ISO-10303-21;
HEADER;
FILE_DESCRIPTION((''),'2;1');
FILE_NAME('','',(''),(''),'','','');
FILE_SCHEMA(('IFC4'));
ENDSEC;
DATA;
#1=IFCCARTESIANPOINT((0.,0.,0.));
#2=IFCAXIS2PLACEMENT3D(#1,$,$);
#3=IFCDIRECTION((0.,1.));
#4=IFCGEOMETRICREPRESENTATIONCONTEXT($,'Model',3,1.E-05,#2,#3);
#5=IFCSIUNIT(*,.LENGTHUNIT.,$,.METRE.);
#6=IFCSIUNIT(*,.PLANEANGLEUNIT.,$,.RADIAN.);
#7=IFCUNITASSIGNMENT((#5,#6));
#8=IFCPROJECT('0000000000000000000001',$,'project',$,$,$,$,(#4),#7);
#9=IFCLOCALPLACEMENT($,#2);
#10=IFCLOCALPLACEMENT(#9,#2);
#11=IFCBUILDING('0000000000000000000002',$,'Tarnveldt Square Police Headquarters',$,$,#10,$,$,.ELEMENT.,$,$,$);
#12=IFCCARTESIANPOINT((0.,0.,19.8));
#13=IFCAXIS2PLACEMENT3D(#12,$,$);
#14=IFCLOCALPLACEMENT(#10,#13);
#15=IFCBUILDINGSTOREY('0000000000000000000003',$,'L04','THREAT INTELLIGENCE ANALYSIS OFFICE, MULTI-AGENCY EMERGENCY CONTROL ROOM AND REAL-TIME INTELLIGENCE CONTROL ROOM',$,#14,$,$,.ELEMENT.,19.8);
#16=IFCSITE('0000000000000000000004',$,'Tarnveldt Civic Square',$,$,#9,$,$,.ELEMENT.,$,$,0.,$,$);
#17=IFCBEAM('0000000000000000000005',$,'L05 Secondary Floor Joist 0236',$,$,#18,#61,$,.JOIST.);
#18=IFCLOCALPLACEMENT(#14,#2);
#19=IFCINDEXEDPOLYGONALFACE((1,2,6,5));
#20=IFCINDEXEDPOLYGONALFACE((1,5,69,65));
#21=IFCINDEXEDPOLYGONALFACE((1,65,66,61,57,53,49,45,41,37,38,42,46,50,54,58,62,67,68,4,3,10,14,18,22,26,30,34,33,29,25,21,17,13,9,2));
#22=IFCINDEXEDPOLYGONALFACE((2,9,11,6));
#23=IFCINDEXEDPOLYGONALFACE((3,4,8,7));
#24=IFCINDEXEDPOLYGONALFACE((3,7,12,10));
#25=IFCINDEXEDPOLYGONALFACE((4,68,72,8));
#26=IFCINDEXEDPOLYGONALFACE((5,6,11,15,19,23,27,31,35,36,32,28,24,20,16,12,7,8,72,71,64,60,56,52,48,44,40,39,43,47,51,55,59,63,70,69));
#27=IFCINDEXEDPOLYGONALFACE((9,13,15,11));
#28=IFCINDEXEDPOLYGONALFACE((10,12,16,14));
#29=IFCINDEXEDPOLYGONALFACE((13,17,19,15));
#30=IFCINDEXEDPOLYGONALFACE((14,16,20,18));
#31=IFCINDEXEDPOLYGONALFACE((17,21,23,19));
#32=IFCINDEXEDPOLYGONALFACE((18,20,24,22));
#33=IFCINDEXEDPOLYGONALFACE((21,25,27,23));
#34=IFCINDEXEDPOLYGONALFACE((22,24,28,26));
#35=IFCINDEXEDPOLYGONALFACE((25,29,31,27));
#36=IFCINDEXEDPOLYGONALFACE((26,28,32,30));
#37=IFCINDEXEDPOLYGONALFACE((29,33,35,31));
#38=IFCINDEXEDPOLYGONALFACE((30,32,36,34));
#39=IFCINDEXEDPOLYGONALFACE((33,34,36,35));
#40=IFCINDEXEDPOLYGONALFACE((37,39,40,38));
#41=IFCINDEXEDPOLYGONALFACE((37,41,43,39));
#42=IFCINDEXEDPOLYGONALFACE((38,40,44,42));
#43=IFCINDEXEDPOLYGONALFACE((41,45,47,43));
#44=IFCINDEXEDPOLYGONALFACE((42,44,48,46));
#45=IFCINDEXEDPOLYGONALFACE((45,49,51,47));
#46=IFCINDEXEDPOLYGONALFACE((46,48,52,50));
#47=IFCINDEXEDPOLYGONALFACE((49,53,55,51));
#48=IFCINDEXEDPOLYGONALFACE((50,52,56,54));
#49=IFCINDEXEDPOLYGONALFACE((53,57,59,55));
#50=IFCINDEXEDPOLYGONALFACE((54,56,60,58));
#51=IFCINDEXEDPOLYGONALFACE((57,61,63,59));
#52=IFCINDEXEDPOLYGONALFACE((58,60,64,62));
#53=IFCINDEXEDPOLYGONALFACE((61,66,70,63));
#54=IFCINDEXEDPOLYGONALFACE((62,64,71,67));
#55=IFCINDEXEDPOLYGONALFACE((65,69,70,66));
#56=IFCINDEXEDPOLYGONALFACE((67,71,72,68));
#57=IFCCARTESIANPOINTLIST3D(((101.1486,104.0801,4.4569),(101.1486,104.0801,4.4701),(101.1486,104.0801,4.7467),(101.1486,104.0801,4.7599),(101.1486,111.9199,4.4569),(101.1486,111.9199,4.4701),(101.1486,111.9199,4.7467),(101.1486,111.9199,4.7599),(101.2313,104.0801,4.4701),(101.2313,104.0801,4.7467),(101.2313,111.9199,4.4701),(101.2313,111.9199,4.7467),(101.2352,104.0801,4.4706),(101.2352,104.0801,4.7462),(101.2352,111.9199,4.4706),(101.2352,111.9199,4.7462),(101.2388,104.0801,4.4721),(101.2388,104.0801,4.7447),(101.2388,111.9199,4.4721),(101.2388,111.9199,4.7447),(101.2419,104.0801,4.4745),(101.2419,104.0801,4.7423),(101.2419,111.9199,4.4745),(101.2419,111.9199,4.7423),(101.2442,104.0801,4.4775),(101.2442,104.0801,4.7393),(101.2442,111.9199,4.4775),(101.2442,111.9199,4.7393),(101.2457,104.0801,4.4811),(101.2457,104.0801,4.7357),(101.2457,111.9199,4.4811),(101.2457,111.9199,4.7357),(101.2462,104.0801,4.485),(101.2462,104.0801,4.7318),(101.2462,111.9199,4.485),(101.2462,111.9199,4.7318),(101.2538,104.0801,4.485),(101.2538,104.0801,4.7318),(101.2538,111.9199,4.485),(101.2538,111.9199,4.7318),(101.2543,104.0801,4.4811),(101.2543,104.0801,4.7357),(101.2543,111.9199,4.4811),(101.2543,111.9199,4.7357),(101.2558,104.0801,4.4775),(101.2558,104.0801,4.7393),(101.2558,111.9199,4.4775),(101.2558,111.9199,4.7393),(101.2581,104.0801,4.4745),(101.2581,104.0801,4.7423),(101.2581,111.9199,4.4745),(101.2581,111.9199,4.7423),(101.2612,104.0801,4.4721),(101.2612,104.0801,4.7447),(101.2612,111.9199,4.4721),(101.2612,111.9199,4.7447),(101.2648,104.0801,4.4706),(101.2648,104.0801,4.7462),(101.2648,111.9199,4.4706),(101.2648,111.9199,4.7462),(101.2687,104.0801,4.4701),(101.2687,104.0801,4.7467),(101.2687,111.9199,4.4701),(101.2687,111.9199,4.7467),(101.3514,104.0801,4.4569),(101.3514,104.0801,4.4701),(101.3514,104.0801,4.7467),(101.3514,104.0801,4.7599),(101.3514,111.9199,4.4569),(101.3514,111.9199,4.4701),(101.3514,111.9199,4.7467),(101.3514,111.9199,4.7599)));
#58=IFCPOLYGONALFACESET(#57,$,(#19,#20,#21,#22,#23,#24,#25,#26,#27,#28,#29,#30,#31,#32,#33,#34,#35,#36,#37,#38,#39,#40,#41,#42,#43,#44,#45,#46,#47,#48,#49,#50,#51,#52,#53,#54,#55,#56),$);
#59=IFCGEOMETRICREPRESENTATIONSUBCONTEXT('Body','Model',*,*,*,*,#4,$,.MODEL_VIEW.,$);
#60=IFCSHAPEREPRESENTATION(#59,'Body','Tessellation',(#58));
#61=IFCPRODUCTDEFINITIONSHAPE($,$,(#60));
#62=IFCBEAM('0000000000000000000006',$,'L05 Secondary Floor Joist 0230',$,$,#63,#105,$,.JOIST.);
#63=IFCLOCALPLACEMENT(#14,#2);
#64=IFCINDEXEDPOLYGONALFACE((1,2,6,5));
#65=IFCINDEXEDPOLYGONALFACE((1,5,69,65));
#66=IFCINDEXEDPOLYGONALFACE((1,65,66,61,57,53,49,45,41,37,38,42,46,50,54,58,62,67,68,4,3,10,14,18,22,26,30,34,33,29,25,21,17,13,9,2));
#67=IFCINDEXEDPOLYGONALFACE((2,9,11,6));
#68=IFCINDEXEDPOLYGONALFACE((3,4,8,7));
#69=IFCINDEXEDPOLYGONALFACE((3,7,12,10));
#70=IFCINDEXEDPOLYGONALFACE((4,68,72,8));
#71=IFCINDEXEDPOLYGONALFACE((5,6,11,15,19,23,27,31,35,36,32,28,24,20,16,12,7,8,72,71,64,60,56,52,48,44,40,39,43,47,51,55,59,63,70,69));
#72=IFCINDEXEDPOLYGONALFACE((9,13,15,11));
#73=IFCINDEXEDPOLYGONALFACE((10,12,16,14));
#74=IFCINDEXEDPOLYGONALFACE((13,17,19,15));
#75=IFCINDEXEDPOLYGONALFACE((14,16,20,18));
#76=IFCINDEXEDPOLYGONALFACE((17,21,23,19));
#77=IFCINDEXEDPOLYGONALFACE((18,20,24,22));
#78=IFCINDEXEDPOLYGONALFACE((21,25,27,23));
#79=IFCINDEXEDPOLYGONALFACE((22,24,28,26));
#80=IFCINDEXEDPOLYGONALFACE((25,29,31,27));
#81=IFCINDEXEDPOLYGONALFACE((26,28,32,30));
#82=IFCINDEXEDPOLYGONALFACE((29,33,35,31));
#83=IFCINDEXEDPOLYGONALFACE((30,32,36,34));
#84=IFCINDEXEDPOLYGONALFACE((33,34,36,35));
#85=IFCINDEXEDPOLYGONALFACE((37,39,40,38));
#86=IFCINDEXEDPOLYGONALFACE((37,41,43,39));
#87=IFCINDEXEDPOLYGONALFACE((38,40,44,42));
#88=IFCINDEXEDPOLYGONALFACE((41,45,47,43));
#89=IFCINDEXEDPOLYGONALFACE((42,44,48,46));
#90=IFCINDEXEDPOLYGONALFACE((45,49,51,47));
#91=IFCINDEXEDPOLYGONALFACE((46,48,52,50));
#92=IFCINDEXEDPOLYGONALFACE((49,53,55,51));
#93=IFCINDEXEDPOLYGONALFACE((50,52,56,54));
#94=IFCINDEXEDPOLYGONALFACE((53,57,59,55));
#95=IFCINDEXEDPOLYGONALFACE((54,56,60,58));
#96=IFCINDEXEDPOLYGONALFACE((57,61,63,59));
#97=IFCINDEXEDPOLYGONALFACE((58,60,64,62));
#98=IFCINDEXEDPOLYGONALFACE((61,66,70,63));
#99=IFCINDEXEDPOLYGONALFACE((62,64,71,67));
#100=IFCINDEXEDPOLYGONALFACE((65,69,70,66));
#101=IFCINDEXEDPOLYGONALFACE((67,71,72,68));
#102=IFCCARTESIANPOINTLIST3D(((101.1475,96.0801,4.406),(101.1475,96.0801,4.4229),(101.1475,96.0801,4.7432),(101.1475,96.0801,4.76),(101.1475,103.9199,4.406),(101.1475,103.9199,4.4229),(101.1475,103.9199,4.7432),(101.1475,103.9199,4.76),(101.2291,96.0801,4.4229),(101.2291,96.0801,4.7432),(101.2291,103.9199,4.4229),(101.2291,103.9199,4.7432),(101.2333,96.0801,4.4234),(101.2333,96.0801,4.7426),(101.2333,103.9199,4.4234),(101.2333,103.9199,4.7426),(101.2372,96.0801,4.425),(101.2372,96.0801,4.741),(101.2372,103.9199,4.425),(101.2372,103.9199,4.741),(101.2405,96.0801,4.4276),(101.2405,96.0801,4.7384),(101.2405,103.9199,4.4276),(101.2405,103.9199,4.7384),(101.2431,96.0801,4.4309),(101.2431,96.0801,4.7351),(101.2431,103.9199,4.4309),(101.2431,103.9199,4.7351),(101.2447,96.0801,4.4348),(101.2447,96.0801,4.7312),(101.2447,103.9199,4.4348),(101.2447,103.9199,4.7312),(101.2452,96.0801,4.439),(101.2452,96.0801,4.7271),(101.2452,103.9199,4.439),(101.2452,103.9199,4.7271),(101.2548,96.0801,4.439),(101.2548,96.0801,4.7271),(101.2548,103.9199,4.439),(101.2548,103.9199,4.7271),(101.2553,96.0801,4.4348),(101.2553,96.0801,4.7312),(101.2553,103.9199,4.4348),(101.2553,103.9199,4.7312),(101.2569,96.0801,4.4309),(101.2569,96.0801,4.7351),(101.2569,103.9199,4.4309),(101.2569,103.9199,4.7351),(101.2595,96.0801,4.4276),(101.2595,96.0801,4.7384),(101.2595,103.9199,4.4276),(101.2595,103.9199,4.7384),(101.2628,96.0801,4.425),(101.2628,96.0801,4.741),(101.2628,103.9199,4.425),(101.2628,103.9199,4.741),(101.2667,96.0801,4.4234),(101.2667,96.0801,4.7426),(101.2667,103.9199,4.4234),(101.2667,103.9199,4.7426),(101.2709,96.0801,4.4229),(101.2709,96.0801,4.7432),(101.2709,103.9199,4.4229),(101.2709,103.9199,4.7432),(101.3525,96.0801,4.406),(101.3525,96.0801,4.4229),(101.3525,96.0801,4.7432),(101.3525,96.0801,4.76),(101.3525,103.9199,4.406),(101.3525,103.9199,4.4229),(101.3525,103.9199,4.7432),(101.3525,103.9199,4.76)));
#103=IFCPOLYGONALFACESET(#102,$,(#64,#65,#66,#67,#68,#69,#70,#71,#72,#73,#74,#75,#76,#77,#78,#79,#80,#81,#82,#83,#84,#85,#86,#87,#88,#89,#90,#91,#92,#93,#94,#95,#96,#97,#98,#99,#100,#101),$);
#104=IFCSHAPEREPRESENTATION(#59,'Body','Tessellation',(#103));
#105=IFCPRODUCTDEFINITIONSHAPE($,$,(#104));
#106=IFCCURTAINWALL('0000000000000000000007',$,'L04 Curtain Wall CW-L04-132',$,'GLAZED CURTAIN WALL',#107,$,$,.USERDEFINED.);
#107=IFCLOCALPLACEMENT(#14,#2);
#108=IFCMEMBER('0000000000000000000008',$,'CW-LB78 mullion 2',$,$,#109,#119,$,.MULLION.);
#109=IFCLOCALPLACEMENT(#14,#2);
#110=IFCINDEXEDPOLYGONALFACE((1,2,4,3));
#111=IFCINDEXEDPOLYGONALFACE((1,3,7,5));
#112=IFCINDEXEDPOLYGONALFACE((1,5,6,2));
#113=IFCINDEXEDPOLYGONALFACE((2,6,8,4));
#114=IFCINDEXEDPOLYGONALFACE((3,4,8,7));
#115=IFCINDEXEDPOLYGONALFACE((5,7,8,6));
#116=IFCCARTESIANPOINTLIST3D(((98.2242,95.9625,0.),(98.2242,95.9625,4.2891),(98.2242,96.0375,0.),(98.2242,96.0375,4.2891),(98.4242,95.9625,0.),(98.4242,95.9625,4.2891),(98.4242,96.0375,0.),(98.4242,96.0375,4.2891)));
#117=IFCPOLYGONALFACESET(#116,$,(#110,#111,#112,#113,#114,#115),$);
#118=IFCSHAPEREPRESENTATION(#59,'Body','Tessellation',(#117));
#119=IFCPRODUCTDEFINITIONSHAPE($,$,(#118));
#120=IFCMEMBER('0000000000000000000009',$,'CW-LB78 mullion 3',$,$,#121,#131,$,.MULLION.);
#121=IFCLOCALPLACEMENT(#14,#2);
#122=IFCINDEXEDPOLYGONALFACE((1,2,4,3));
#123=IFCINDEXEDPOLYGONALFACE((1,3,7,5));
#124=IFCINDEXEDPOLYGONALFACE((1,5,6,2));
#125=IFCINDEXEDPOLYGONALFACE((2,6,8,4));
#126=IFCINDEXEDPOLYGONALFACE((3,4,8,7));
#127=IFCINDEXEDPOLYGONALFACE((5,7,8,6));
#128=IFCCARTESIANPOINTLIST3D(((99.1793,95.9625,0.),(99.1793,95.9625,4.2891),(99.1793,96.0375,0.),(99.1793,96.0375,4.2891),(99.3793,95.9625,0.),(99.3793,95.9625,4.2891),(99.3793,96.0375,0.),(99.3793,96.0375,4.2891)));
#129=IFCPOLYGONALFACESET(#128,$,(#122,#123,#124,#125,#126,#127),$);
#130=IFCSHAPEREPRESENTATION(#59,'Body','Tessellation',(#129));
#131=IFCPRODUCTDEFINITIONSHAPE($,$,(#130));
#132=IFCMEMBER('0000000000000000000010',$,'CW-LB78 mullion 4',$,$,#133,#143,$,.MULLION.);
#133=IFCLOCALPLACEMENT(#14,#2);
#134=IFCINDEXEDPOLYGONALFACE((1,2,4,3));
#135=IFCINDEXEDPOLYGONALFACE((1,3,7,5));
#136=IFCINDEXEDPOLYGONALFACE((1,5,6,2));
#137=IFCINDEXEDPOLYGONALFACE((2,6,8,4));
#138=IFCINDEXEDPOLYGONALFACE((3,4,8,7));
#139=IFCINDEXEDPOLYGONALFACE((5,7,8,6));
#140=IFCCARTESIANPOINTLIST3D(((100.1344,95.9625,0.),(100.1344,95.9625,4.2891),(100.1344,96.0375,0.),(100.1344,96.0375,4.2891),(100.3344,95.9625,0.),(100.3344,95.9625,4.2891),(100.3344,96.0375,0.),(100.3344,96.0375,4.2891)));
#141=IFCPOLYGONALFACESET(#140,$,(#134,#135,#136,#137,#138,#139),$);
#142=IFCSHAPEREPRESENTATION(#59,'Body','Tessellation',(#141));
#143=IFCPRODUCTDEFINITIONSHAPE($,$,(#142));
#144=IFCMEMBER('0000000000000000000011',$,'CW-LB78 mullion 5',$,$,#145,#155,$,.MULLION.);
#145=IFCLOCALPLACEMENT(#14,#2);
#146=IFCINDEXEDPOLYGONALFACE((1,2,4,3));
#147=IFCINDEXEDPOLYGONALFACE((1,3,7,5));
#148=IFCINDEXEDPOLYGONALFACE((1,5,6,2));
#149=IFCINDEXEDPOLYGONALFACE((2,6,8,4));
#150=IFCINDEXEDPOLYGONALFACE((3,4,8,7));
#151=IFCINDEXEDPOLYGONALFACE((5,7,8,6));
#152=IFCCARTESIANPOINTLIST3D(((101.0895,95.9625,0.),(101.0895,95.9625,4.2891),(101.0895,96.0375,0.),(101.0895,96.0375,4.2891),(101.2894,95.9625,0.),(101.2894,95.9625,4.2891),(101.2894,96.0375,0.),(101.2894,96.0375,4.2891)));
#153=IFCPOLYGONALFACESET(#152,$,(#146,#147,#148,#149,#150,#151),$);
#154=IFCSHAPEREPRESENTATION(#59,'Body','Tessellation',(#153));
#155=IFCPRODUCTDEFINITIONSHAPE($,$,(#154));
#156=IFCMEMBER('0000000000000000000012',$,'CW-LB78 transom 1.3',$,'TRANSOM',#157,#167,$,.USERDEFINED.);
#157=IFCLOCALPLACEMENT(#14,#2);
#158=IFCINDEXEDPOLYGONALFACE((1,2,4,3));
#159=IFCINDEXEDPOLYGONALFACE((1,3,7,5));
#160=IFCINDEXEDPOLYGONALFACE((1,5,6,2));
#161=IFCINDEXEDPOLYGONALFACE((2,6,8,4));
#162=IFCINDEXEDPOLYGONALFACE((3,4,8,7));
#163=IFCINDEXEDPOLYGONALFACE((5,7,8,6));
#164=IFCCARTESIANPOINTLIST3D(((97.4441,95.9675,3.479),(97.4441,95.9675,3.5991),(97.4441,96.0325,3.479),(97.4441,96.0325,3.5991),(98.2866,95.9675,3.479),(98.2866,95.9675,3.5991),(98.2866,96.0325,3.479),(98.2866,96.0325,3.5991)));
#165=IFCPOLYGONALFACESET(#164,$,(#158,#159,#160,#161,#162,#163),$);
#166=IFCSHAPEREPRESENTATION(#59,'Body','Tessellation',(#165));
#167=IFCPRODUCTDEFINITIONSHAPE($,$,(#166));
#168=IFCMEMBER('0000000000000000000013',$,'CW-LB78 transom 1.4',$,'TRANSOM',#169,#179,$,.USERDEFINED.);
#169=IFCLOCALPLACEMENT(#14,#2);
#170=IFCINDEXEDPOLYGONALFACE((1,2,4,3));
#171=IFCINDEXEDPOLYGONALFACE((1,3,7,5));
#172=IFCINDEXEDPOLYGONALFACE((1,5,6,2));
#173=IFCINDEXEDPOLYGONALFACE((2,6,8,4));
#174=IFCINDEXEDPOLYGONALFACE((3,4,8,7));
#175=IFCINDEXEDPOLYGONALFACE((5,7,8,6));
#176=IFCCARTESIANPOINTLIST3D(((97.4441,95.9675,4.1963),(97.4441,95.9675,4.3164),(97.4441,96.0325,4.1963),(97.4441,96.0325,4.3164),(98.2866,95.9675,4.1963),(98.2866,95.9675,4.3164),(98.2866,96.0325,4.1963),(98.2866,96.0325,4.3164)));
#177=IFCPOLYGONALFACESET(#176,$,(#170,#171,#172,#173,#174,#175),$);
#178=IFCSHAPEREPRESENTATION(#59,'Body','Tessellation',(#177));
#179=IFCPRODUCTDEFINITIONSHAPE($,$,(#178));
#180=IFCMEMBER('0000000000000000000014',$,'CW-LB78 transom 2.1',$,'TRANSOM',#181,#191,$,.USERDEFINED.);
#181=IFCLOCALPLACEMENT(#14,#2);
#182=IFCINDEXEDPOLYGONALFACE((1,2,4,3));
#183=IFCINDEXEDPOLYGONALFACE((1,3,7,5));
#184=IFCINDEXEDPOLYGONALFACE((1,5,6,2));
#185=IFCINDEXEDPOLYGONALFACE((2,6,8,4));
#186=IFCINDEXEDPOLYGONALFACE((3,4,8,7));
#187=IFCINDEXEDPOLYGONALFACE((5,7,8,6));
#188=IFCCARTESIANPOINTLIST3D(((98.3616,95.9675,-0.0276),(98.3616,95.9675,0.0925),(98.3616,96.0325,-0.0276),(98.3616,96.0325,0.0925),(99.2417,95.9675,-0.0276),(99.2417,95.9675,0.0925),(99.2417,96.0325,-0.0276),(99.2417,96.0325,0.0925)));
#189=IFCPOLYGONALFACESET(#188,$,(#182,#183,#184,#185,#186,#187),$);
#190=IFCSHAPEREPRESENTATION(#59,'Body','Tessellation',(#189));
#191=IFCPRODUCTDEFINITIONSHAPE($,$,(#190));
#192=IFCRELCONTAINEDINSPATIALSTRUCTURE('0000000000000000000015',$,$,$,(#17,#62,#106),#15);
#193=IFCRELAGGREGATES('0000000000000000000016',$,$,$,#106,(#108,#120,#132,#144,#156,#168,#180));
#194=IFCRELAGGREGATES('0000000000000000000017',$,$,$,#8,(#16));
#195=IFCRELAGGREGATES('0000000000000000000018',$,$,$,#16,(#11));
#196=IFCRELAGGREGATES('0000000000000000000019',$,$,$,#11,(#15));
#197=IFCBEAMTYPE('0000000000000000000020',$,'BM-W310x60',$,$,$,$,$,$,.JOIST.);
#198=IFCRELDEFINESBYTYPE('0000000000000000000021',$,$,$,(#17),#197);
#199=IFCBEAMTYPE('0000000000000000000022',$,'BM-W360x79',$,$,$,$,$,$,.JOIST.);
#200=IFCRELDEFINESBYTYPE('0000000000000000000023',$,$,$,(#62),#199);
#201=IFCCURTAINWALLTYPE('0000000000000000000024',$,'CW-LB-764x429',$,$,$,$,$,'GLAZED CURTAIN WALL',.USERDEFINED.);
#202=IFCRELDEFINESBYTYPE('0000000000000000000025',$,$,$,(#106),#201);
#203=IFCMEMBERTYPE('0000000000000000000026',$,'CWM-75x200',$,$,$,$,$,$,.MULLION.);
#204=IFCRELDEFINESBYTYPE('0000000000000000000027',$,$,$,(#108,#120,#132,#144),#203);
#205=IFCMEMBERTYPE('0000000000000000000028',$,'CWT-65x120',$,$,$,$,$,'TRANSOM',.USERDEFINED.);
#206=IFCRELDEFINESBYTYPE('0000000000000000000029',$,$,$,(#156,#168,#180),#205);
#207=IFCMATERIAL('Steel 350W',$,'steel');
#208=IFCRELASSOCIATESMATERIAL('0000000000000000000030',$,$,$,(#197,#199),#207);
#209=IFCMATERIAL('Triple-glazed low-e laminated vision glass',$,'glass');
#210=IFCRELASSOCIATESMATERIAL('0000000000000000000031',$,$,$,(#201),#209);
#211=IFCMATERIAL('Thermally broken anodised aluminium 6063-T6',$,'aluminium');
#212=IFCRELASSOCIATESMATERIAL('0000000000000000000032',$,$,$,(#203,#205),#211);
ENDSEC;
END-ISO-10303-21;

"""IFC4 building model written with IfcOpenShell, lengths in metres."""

from ifc_helpers import new_model, si_unit, direction, frame, origin, origin_2d, place, context, subcontext, project, spatial, rectangle, i_section, extrude, material, material_profile, profile_set, type_object, element, aggregate, save


model = new_model("IFC4")

# Units and contexts
model_context = context("Model", 3, precision=1e-05, world=origin(), true_north=direction((0.0, 1.0)))
body_context = subcontext(model_context, "Body", "Model", "MODEL_VIEW")
ifc_project = project(units=[si_unit("LENGTHUNIT", "METRE"), si_unit("PLANEANGLEUNIT", "RADIAN")], contexts=[model_context])

# Site, building, storey
site_placement = place(None, origin())
site = spatial("IfcSite", under=ifc_project, at=site_placement, Name="Tarnveldt Civic Square", CompositionType="ELEMENT", RefElevation=0.0)
building_placement = place(site_placement, origin())
building = spatial("IfcBuilding", under=site, at=building_placement, Name="Tarnveldt Square Police Headquarters", CompositionType="ELEMENT")
storey_placement = place(building_placement, frame((0.0, 0.0, 19.8)))
storey = spatial("IfcBuildingStorey", under=building, at=storey_placement, Name="L04", Description="THREAT INTELLIGENCE ANALYSIS OFFICE, MULTI-AGENCY EMERGENCY CONTROL ROOM AND REAL-TIME INTELLIGENCE CONTROL ROOM", CompositionType="ELEMENT", Elevation=19.8)

# Beams
ifc_material_1 = material(Name="Steel 350W", Category="steel")
ifc_material_profile_1 = material_profile(ifc_material_1, i_section(OverallWidth=0.2029, OverallDepth=0.303, WebThickness=0.0076, FlangeThickness=0.0132, FilletRadius=0.0149, at=origin_2d()), Name="W310x60")
ifc_profile_set_1 = profile_set([ifc_material_profile_1], Name="Steel 350W")
beam_type_1 = type_object("IfcBeamType", Name="BM-W310x60", PredefinedType="JOIST", material=ifc_profile_set_1)
beam_1_placement = place(storey_placement, frame((101.25, 104.0801, 4.6084), z_axis=(0.0, 1.0, 0.0), x_axis=(-1.0, 0.0, 0.0)))
element("IfcBeam", 1, at=beam_1_placement, inside=storey, type_object=beam_type_1, Name="L05 Secondary Floor Joist 0236", PredefinedType="JOIST", context=body_context, shape_type="SweptSolid", body=[
    extrude(i_section(OverallWidth=0.2029, OverallDepth=0.303, WebThickness=0.0076, FlangeThickness=0.0132, FilletRadius=0.0149, at=origin_2d()), origin(), (0.0, 0.0, 1.0), 7.8398),
])
ifc_material_profile_2 = material_profile(ifc_material_1, i_section(OverallWidth=0.2051, OverallDepth=0.354, WebThickness=0.0095, FlangeThickness=0.0168, FilletRadius=0.0161, at=origin_2d()), Name="W360x79")
ifc_profile_set_2 = profile_set([ifc_material_profile_2], Name="Steel 350W")
beam_type_2 = type_object("IfcBeamType", Name="BM-W360x79", PredefinedType="JOIST", material=ifc_profile_set_2)
beam_2_placement = place(storey_placement, frame((101.25, 96.0801, 4.583), z_axis=(0.0, 1.0, 0.0), x_axis=(-1.0, 0.0, 0.0)))
element("IfcBeam", 2, at=beam_2_placement, inside=storey, type_object=beam_type_2, Name="L05 Secondary Floor Joist 0230", PredefinedType="JOIST", context=body_context, shape_type="SweptSolid", body=[
    extrude(i_section(OverallWidth=0.2051, OverallDepth=0.354, WebThickness=0.0095, FlangeThickness=0.0168, FilletRadius=0.0161, at=origin_2d()), origin(), (0.0, 0.0, 1.0), 7.8398),
])

# Curtain wall, members
ifc_material_2 = material(Name="Triple-glazed low-e laminated vision glass", Category="glass")
curtain_wall_type = type_object("IfcCurtainWallType", Name="CW-LB-764x429", ElementType="GLAZED CURTAIN WALL", PredefinedType="USERDEFINED", material=ifc_material_2)
curtain_wall_placement = place(storey_placement, origin())
curtain_wall = element("IfcCurtainWall", 3, at=curtain_wall_placement, inside=storey, type_object=curtain_wall_type, Name="L04 Curtain Wall CW-L04-132", ObjectType="GLAZED CURTAIN WALL", PredefinedType="USERDEFINED")
ifc_material_3 = material(Name="Thermally broken anodised aluminium 6063-T6", Category="aluminium")
ifc_material_profile_3 = material_profile(ifc_material_3, rectangle(XDim=0.075, YDim=0.2, at=origin_2d()), Name="CW-M75x200")
ifc_profile_set_3 = profile_set([ifc_material_profile_3], Name="Thermally broken anodised aluminium 6063-T6")
member_type_1 = type_object("IfcMemberType", Name="CWM-75x200", PredefinedType="MULLION", material=ifc_profile_set_3)
member_1_placement = place(storey_placement, frame((98.3242, 96.0, 0.0), z_axis=(0.0, 0.0, 1.0), x_axis=(0.0, 1.0, 0.0)))
member_1 = element("IfcMember", 4, at=member_1_placement, type_object=member_type_1, Name="CW-LB78 mullion 2", PredefinedType="MULLION", context=body_context, shape_type="SweptSolid", body=[
    extrude(rectangle(XDim=0.075, YDim=0.2, at=origin_2d()), origin(), (0.0, 0.0, 1.0), 4.2891),
])
member_2_placement = place(storey_placement, frame((99.2793, 96.0, 0.0), z_axis=(0.0, 0.0, 1.0), x_axis=(0.0, 1.0, 0.0)))
member_2 = element("IfcMember", 5, at=member_2_placement, type_object=member_type_1, Name="CW-LB78 mullion 3", PredefinedType="MULLION", context=body_context, shape_type="SweptSolid", body=[
    extrude(rectangle(XDim=0.075, YDim=0.2, at=origin_2d()), origin(), (0.0, 0.0, 1.0), 4.2891),
])
member_3_placement = place(storey_placement, frame((100.2344, 96.0, 0.0), z_axis=(0.0, 0.0, 1.0), x_axis=(0.0, 1.0, 0.0)))
member_3 = element("IfcMember", 6, at=member_3_placement, type_object=member_type_1, Name="CW-LB78 mullion 4", PredefinedType="MULLION", context=body_context, shape_type="SweptSolid", body=[
    extrude(rectangle(XDim=0.075, YDim=0.2, at=origin_2d()), origin(), (0.0, 0.0, 1.0), 4.2891),
])
member_4_placement = place(storey_placement, frame((101.1895, 96.0, 0.0), z_axis=(0.0, 0.0, 1.0), x_axis=(0.0, 1.0, 0.0)))
member_4 = element("IfcMember", 7, at=member_4_placement, type_object=member_type_1, Name="CW-LB78 mullion 5", PredefinedType="MULLION", context=body_context, shape_type="SweptSolid", body=[
    extrude(rectangle(XDim=0.075, YDim=0.2, at=origin_2d()), origin(), (0.0, 0.0, 1.0), 4.2891),
])
ifc_material_profile_4 = material_profile(ifc_material_3, rectangle(XDim=0.0649, YDim=0.1201, at=origin_2d()), Name="CW-T65x120")
ifc_profile_set_4 = profile_set([ifc_material_profile_4], Name="Thermally broken anodised aluminium 6063-T6")
member_type_2 = type_object("IfcMemberType", Name="CWT-65x120", ElementType="TRANSOM", PredefinedType="USERDEFINED", material=ifc_profile_set_4)
member_5_placement = place(storey_placement, frame((97.4441, 96.0, 3.5391), z_axis=(1.0, 0.0, 0.0), x_axis=(0.0, 1.0, 0.0)))
member_5 = element("IfcMember", 8, at=member_5_placement, type_object=member_type_2, Name="CW-LB78 transom 1.3", ObjectType="TRANSOM", PredefinedType="USERDEFINED", context=body_context, shape_type="SweptSolid", body=[
    extrude(rectangle(XDim=0.0649, YDim=0.1201, at=origin_2d()), origin(), (0.0, 0.0, 1.0), 0.8425),
])
member_6_placement = place(storey_placement, frame((97.4441, 96.0, 4.2563), z_axis=(1.0, 0.0, 0.0), x_axis=(0.0, 1.0, 0.0)))
member_6 = element("IfcMember", 9, at=member_6_placement, type_object=member_type_2, Name="CW-LB78 transom 1.4", ObjectType="TRANSOM", PredefinedType="USERDEFINED", context=body_context, shape_type="SweptSolid", body=[
    extrude(rectangle(XDim=0.0649, YDim=0.1201, at=origin_2d()), origin(), (0.0, 0.0, 1.0), 0.8425),
])
member_7_placement = place(storey_placement, frame((98.3616, 96.0, 0.0325), z_axis=(1.0, 0.0, 0.0), x_axis=(0.0, 1.0, 0.0)))
member_7 = element("IfcMember", 10, at=member_7_placement, type_object=member_type_2, Name="CW-LB78 transom 2.1", ObjectType="TRANSOM", PredefinedType="USERDEFINED", context=body_context, shape_type="SweptSolid", body=[
    extrude(rectangle(XDim=0.0649, YDim=0.1201, at=origin_2d()), origin(), (0.0, 0.0, 1.0), 0.8801),
])
aggregate(curtain_wall, [member_1, member_2, member_3, member_4, member_5, member_6, member_7])

save(model, "model.ifc")
